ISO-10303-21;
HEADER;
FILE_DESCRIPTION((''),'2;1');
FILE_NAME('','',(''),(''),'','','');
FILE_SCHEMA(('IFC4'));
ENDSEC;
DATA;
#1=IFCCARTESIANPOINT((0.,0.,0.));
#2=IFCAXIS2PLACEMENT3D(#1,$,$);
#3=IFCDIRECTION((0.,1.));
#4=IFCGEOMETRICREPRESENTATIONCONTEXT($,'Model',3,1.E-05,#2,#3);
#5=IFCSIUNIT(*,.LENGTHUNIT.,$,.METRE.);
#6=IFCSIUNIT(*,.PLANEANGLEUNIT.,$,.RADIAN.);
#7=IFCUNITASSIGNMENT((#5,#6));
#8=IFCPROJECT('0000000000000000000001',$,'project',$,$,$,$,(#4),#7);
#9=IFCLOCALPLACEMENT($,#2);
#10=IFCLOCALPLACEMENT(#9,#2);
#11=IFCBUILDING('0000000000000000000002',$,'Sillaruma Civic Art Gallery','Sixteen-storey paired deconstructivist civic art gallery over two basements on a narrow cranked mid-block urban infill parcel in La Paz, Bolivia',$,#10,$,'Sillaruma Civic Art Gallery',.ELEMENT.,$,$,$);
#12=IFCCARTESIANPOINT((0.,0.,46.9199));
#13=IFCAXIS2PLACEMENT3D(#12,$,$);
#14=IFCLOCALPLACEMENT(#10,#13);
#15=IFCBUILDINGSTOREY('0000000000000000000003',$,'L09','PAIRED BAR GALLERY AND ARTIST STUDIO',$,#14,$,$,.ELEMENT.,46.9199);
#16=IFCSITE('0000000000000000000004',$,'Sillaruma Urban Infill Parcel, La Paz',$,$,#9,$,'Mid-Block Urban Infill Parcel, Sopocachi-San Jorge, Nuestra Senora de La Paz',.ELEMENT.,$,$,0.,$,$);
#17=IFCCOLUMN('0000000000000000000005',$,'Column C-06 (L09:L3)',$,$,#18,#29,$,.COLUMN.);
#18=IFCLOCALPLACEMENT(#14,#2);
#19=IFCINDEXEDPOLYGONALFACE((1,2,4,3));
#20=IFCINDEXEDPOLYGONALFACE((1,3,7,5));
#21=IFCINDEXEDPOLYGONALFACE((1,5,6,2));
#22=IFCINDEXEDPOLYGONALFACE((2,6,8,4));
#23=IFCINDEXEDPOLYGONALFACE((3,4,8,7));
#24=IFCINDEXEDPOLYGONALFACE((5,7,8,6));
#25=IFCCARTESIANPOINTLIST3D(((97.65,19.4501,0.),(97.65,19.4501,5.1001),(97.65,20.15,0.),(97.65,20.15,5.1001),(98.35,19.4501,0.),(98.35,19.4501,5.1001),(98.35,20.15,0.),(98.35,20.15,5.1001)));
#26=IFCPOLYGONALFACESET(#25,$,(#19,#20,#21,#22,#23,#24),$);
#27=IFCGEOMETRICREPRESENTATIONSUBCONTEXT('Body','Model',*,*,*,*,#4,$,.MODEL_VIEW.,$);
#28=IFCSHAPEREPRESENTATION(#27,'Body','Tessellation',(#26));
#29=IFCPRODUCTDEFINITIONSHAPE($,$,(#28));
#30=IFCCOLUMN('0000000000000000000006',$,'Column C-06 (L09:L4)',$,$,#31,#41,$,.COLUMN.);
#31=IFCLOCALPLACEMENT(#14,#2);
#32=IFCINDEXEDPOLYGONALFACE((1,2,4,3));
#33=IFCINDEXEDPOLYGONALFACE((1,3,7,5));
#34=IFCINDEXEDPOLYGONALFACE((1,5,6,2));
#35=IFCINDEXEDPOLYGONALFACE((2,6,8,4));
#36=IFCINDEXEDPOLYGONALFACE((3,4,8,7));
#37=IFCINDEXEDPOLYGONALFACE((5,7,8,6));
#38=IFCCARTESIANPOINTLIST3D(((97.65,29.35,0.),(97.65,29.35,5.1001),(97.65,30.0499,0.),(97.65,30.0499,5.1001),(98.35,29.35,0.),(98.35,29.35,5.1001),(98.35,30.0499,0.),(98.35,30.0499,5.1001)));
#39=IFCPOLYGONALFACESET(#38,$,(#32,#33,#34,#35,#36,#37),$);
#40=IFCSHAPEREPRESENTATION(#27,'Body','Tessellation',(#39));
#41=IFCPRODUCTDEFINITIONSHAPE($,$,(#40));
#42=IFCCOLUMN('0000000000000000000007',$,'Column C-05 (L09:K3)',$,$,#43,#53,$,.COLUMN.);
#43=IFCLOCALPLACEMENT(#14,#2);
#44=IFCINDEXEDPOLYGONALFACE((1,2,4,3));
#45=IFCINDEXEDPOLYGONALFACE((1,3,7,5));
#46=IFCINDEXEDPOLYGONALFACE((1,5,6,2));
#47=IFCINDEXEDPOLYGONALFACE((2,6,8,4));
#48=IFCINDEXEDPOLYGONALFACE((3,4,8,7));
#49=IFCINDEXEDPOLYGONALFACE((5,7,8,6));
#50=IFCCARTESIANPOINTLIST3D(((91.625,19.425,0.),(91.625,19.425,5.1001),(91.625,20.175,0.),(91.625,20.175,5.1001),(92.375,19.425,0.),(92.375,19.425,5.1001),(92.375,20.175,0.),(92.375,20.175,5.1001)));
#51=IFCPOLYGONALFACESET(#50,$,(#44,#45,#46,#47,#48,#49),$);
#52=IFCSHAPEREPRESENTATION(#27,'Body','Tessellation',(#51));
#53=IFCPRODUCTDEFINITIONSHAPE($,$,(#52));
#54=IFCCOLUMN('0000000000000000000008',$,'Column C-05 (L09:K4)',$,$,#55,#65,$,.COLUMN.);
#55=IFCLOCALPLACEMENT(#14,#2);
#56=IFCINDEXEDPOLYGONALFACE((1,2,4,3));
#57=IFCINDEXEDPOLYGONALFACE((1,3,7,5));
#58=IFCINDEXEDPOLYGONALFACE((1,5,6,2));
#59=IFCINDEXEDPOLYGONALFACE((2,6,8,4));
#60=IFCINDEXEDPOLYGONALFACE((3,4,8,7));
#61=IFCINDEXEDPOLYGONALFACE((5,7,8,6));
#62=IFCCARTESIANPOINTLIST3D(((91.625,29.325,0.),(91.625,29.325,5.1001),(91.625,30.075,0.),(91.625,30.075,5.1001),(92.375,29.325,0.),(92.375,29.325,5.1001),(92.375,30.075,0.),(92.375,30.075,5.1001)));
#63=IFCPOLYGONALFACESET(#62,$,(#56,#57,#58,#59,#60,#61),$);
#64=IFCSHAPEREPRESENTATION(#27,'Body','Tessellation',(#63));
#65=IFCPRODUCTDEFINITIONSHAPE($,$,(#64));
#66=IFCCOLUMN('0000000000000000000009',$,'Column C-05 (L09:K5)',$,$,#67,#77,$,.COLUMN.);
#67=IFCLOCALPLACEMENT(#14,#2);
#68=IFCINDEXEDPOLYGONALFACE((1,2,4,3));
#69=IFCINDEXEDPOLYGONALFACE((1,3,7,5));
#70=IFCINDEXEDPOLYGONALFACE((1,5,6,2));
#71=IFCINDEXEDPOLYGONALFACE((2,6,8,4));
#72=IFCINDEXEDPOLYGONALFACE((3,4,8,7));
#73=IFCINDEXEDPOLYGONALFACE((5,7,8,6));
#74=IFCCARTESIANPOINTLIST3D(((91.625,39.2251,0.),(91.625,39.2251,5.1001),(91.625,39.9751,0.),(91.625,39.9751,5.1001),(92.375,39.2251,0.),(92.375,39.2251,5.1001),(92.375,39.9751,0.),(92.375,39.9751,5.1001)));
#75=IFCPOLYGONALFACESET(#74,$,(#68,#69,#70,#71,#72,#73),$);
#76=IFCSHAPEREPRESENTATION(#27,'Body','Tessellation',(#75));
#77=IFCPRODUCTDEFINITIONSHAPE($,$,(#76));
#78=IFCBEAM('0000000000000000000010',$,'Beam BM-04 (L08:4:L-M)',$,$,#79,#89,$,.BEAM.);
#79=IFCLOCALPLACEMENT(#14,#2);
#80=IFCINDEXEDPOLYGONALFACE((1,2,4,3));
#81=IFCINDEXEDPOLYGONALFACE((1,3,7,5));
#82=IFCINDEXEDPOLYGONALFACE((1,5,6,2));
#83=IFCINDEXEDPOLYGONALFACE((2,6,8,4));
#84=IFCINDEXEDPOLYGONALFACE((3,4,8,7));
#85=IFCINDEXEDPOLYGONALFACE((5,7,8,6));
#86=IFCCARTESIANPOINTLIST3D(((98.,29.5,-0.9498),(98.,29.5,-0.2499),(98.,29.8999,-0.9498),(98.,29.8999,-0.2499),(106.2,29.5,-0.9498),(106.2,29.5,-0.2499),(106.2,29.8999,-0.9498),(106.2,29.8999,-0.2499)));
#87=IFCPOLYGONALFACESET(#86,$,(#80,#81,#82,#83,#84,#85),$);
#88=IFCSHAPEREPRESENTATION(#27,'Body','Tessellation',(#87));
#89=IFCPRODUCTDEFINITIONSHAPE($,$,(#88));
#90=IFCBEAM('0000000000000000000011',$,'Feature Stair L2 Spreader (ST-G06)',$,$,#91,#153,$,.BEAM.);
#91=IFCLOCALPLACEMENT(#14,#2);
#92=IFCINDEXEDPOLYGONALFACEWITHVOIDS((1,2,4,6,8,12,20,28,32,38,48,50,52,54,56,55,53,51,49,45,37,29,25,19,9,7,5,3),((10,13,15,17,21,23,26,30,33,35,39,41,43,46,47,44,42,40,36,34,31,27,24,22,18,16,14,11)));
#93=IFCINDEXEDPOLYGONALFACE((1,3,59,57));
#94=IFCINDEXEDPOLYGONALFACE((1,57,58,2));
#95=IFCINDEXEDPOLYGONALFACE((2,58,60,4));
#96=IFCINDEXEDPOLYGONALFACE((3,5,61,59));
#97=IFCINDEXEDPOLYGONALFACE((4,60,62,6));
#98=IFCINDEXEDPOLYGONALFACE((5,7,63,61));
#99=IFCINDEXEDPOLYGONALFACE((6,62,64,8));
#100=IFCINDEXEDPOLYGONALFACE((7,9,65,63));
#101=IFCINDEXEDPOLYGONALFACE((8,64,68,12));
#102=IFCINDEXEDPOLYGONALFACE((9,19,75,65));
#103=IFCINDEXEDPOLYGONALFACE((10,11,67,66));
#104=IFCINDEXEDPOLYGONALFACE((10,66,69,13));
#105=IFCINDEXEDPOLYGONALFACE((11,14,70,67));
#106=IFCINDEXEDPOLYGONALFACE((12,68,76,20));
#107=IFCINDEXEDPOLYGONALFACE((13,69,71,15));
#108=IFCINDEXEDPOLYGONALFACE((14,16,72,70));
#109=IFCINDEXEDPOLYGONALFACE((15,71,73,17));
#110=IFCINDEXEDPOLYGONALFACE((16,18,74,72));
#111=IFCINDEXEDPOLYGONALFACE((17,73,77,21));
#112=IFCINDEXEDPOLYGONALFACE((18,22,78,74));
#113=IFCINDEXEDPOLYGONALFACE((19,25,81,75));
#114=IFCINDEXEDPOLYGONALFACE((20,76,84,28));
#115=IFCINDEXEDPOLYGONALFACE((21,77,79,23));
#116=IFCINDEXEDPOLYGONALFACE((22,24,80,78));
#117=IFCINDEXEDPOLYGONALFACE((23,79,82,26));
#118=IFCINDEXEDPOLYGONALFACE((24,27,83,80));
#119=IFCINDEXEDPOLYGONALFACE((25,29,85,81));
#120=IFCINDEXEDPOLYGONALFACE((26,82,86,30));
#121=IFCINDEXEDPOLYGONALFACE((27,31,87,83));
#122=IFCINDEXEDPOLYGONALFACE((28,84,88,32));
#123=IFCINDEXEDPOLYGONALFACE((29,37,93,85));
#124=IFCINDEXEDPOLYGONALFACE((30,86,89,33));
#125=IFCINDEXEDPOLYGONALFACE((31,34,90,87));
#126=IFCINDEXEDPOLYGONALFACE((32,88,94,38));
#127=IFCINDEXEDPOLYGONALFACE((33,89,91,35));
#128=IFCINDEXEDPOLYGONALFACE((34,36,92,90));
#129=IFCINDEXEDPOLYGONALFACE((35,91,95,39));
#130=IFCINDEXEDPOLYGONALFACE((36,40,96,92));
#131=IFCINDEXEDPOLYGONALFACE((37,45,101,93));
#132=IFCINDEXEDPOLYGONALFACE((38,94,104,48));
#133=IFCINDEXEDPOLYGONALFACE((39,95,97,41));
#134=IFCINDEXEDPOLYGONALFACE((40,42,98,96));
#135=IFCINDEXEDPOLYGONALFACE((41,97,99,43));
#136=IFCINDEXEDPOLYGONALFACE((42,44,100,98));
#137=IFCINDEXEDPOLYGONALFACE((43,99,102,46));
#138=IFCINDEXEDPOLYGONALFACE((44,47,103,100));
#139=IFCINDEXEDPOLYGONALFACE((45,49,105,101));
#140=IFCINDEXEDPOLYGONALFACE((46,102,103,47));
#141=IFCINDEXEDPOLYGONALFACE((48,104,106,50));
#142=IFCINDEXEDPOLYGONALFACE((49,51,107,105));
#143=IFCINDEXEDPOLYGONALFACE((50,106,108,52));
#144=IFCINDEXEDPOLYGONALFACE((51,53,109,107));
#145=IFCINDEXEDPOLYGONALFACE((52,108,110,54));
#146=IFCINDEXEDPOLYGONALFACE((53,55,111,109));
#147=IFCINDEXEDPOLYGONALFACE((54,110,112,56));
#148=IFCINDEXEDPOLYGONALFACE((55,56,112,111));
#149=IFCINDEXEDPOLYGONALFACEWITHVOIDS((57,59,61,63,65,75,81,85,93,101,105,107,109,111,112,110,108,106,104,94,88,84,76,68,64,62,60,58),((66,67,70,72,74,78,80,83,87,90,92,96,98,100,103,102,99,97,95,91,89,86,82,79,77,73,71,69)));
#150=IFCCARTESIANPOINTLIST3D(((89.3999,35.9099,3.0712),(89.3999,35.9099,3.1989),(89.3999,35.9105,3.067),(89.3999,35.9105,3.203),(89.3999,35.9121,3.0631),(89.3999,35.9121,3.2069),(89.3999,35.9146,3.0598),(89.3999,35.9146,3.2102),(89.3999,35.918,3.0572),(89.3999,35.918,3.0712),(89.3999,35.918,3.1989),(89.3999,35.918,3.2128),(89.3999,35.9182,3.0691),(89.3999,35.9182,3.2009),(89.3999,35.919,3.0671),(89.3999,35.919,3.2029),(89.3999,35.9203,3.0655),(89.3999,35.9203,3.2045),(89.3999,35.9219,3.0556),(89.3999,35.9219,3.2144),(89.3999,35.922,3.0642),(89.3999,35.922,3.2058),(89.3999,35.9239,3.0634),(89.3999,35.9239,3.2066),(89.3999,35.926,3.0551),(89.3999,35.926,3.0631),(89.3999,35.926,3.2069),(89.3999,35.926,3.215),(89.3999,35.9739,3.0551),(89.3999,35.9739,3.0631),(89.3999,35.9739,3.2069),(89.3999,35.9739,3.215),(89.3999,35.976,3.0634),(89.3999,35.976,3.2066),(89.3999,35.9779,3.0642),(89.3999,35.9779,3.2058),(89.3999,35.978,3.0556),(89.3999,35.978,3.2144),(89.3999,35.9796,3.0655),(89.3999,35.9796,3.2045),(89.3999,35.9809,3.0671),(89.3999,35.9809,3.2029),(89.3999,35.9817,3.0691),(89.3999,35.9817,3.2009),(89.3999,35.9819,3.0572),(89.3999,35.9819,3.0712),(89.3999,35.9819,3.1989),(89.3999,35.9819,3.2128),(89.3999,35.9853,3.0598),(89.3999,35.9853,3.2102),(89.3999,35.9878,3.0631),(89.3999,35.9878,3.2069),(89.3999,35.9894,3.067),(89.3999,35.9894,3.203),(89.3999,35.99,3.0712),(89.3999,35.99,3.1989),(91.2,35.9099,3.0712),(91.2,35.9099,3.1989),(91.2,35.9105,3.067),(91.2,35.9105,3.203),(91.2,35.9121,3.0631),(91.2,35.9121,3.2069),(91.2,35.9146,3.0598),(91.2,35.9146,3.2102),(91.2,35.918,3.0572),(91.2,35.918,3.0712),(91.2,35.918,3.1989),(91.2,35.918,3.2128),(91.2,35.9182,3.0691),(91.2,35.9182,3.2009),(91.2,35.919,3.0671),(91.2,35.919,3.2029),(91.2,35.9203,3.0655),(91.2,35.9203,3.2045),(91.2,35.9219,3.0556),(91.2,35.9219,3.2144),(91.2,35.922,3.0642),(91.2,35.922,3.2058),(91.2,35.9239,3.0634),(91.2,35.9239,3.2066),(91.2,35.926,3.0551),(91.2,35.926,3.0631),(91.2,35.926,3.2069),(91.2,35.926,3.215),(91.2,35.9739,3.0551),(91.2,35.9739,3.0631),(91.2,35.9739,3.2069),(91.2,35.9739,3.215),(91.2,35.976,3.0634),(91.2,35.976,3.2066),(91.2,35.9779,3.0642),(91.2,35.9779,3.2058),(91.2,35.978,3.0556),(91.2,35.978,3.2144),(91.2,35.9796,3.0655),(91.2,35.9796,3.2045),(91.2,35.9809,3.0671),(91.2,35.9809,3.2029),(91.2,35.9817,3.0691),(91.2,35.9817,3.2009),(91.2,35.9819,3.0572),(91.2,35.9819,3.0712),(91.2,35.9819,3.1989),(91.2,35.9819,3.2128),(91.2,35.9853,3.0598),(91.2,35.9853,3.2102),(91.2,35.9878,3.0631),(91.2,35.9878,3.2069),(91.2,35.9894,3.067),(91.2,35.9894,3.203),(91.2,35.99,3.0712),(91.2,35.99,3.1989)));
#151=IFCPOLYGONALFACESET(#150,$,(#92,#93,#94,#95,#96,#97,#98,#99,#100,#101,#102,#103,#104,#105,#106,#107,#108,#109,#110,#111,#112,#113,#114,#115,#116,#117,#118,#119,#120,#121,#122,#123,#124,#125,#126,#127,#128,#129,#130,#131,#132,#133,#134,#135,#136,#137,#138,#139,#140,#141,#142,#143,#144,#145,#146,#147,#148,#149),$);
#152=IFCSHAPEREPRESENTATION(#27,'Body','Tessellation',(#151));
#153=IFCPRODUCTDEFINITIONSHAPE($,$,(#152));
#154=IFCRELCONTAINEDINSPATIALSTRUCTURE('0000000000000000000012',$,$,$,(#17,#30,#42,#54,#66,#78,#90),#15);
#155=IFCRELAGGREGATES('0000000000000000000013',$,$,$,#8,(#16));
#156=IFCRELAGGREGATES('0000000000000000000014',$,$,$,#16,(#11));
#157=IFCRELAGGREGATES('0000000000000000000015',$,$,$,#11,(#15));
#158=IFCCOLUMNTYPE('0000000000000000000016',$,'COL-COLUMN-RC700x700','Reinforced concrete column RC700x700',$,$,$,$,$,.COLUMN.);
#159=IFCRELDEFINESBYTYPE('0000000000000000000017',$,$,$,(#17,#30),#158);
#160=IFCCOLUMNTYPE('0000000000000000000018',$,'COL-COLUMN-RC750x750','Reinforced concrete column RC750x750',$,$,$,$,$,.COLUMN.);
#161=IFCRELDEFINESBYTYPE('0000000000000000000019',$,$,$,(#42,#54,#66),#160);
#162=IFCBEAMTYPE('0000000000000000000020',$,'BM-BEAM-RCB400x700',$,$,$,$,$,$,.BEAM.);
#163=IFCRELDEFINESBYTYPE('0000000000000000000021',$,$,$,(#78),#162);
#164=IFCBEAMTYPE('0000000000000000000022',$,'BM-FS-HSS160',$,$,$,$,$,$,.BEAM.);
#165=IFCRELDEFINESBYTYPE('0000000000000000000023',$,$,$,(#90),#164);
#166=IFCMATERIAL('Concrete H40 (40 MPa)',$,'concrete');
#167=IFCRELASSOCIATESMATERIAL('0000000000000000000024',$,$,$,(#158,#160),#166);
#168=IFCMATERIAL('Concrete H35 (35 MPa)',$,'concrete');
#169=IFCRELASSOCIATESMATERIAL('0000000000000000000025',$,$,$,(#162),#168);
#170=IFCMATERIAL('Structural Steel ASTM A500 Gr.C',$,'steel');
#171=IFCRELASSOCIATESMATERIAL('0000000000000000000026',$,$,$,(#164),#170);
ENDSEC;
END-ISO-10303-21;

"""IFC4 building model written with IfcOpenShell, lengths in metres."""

from ifc_helpers import new_model, si_unit, direction, frame, origin, origin_2d, place, context, subcontext, project, spatial, rectangle, hollow_rectangle, extrude, material, material_profile, profile_set, type_object, element, save


model = new_model("IFC4")

# Units and contexts
model_context = context("Model", 3, precision=1e-05, world=origin(), true_north=direction((0.0, 1.0)))
body_context = subcontext(model_context, "Body", "Model", "MODEL_VIEW")
ifc_project = project(units=[si_unit("LENGTHUNIT", "METRE"), si_unit("PLANEANGLEUNIT", "RADIAN")], contexts=[model_context])

# Site, building, storey
site_placement = place(None, origin())
site = spatial("IfcSite", under=ifc_project, at=site_placement, Name="Sillaruma Urban Infill Parcel, La Paz", LongName="Mid-Block Urban Infill Parcel, Sopocachi-San Jorge, Nuestra Senora de La Paz", CompositionType="ELEMENT", RefElevation=0.0)
building_placement = place(site_placement, origin())
building = spatial("IfcBuilding", under=site, at=building_placement, Name="Sillaruma Civic Art Gallery", Description="Sixteen-storey paired deconstructivist civic art gallery over two basements on a narrow cranked mid-block urban infill parcel in La Paz, Bolivia", LongName="Sillaruma Civic Art Gallery", CompositionType="ELEMENT")
storey_placement = place(building_placement, frame((0.0, 0.0, 46.9199)))
storey = spatial("IfcBuildingStorey", under=building, at=storey_placement, Name="L09", Description="PAIRED BAR GALLERY AND ARTIST STUDIO", CompositionType="ELEMENT", Elevation=46.9199)

# Columns
ifc_material_1 = material(Name="Concrete H40 (40 MPa)", Category="concrete")
ifc_material_profile_1 = material_profile(ifc_material_1, rectangle(XDim=0.7, YDim=0.7, at=origin_2d()), Name="RC700x700")
ifc_profile_set_1 = profile_set([ifc_material_profile_1], Name="Concrete H40 (40 MPa)")
column_type_1 = type_object("IfcColumnType", Name="COL-COLUMN-RC700x700", Description="Reinforced concrete column RC700x700", PredefinedType="COLUMN", material=ifc_profile_set_1)
for number, where, z_axis, x_axis, name in (
    (1, (98.0, 19.8, 0.0), (0.0, 0.0, 1.0), (1.0, 0.0, 0.0), "Column C-06 (L09:L3)"),
    (2, (98.0, 29.7, 0.0), (0.0, 0.0, 1.0), (1.0, 0.0, 0.0), "Column C-06 (L09:L4)"),
):
    element("IfcColumn", number, at=place(storey_placement, frame(where, z_axis=z_axis, x_axis=x_axis)), inside=storey, type_object=column_type_1, Name=name, PredefinedType="COLUMN", context=body_context, shape_type="SweptSolid", body=[
        extrude(rectangle(XDim=0.7, YDim=0.7, at=origin_2d()), origin(), (0.0, 0.0, 1.0), 5.1001),
    ])
ifc_material_profile_2 = material_profile(ifc_material_1, rectangle(XDim=0.75, YDim=0.75, at=origin_2d()), Name="RC750x750")
ifc_profile_set_2 = profile_set([ifc_material_profile_2], Name="Concrete H40 (40 MPa)")
column_type_2 = type_object("IfcColumnType", Name="COL-COLUMN-RC750x750", Description="Reinforced concrete column RC750x750", PredefinedType="COLUMN", material=ifc_profile_set_2)
for number, where, z_axis, x_axis, name in (
    (3, (92.0, 19.8, 0.0), (0.0, 0.0, 1.0), (1.0, 0.0, 0.0), "Column C-05 (L09:K3)"),
    (4, (92.0, 29.7, 0.0), (0.0, 0.0, 1.0), (1.0, 0.0, 0.0), "Column C-05 (L09:K4)"),
    (5, (92.0, 39.6001, 0.0), (0.0, 0.0, 1.0), (1.0, 0.0, 0.0), "Column C-05 (L09:K5)"),
):
    element("IfcColumn", number, at=place(storey_placement, frame(where, z_axis=z_axis, x_axis=x_axis)), inside=storey, type_object=column_type_2, Name=name, PredefinedType="COLUMN", context=body_context, shape_type="SweptSolid", body=[
        extrude(rectangle(XDim=0.75, YDim=0.75, at=origin_2d()), origin(), (0.0, 0.0, 1.0), 5.1001),
    ])

# Beams
ifc_material_2 = material(Name="Concrete H35 (35 MPa)", Category="concrete")
ifc_material_profile_3 = material_profile(ifc_material_2, rectangle(XDim=0.3999, YDim=0.7, at=origin_2d()), Name="RCB400x700")
ifc_profile_set_3 = profile_set([ifc_material_profile_3], Name="Concrete H35 (35 MPa)")
beam_type_1 = type_object("IfcBeamType", Name="BM-BEAM-RCB400x700", PredefinedType="BEAM", material=ifc_profile_set_3)
beam_1_placement = place(storey_placement, frame((98.0, 29.7, -0.5999), z_axis=(1.0, 0.0, 0.0), x_axis=(0.0, 1.0, 0.0)))
element("IfcBeam", 6, at=beam_1_placement, inside=storey, type_object=beam_type_1, Name="Beam BM-04 (L08:4:L-M)", PredefinedType="BEAM", context=body_context, shape_type="SweptSolid", body=[
    extrude(rectangle(XDim=0.3999, YDim=0.7, at=origin_2d()), origin(), (0.0, 0.0, 1.0), 8.2),
])
ifc_material_3 = material(Name="Structural Steel ASTM A500 Gr.C", Category="steel")
ifc_material_profile_4 = material_profile(ifc_material_3, hollow_rectangle(XDim=0.0801, YDim=0.1599, WallThickness=0.0081, InnerFilletRadius=0.0081, OuterFilletRadius=0.0161, at=origin_2d()), Name="HSS160x80x8")
ifc_profile_set_4 = profile_set([ifc_material_profile_4], Name="Structural Steel ASTM A500 Gr.C")
beam_type_2 = type_object("IfcBeamType", Name="BM-FS-HSS160", PredefinedType="BEAM", material=ifc_profile_set_4)
beam_2_placement = place(storey_placement, frame((89.3999, 35.95, 3.135), z_axis=(1.0, 0.0, 0.0), x_axis=(0.0, 1.0, 0.0)))
element("IfcBeam", 7, at=beam_2_placement, inside=storey, type_object=beam_type_2, Name="Feature Stair L2 Spreader (ST-G06)", PredefinedType="BEAM", context=body_context, shape_type="SweptSolid", body=[
    extrude(hollow_rectangle(XDim=0.0801, YDim=0.1599, WallThickness=0.0081, InnerFilletRadius=0.0081, OuterFilletRadius=0.0161, at=origin_2d()), origin(), (0.0, 0.0, 1.0), 1.8),
])

save(model, "model.ifc")
